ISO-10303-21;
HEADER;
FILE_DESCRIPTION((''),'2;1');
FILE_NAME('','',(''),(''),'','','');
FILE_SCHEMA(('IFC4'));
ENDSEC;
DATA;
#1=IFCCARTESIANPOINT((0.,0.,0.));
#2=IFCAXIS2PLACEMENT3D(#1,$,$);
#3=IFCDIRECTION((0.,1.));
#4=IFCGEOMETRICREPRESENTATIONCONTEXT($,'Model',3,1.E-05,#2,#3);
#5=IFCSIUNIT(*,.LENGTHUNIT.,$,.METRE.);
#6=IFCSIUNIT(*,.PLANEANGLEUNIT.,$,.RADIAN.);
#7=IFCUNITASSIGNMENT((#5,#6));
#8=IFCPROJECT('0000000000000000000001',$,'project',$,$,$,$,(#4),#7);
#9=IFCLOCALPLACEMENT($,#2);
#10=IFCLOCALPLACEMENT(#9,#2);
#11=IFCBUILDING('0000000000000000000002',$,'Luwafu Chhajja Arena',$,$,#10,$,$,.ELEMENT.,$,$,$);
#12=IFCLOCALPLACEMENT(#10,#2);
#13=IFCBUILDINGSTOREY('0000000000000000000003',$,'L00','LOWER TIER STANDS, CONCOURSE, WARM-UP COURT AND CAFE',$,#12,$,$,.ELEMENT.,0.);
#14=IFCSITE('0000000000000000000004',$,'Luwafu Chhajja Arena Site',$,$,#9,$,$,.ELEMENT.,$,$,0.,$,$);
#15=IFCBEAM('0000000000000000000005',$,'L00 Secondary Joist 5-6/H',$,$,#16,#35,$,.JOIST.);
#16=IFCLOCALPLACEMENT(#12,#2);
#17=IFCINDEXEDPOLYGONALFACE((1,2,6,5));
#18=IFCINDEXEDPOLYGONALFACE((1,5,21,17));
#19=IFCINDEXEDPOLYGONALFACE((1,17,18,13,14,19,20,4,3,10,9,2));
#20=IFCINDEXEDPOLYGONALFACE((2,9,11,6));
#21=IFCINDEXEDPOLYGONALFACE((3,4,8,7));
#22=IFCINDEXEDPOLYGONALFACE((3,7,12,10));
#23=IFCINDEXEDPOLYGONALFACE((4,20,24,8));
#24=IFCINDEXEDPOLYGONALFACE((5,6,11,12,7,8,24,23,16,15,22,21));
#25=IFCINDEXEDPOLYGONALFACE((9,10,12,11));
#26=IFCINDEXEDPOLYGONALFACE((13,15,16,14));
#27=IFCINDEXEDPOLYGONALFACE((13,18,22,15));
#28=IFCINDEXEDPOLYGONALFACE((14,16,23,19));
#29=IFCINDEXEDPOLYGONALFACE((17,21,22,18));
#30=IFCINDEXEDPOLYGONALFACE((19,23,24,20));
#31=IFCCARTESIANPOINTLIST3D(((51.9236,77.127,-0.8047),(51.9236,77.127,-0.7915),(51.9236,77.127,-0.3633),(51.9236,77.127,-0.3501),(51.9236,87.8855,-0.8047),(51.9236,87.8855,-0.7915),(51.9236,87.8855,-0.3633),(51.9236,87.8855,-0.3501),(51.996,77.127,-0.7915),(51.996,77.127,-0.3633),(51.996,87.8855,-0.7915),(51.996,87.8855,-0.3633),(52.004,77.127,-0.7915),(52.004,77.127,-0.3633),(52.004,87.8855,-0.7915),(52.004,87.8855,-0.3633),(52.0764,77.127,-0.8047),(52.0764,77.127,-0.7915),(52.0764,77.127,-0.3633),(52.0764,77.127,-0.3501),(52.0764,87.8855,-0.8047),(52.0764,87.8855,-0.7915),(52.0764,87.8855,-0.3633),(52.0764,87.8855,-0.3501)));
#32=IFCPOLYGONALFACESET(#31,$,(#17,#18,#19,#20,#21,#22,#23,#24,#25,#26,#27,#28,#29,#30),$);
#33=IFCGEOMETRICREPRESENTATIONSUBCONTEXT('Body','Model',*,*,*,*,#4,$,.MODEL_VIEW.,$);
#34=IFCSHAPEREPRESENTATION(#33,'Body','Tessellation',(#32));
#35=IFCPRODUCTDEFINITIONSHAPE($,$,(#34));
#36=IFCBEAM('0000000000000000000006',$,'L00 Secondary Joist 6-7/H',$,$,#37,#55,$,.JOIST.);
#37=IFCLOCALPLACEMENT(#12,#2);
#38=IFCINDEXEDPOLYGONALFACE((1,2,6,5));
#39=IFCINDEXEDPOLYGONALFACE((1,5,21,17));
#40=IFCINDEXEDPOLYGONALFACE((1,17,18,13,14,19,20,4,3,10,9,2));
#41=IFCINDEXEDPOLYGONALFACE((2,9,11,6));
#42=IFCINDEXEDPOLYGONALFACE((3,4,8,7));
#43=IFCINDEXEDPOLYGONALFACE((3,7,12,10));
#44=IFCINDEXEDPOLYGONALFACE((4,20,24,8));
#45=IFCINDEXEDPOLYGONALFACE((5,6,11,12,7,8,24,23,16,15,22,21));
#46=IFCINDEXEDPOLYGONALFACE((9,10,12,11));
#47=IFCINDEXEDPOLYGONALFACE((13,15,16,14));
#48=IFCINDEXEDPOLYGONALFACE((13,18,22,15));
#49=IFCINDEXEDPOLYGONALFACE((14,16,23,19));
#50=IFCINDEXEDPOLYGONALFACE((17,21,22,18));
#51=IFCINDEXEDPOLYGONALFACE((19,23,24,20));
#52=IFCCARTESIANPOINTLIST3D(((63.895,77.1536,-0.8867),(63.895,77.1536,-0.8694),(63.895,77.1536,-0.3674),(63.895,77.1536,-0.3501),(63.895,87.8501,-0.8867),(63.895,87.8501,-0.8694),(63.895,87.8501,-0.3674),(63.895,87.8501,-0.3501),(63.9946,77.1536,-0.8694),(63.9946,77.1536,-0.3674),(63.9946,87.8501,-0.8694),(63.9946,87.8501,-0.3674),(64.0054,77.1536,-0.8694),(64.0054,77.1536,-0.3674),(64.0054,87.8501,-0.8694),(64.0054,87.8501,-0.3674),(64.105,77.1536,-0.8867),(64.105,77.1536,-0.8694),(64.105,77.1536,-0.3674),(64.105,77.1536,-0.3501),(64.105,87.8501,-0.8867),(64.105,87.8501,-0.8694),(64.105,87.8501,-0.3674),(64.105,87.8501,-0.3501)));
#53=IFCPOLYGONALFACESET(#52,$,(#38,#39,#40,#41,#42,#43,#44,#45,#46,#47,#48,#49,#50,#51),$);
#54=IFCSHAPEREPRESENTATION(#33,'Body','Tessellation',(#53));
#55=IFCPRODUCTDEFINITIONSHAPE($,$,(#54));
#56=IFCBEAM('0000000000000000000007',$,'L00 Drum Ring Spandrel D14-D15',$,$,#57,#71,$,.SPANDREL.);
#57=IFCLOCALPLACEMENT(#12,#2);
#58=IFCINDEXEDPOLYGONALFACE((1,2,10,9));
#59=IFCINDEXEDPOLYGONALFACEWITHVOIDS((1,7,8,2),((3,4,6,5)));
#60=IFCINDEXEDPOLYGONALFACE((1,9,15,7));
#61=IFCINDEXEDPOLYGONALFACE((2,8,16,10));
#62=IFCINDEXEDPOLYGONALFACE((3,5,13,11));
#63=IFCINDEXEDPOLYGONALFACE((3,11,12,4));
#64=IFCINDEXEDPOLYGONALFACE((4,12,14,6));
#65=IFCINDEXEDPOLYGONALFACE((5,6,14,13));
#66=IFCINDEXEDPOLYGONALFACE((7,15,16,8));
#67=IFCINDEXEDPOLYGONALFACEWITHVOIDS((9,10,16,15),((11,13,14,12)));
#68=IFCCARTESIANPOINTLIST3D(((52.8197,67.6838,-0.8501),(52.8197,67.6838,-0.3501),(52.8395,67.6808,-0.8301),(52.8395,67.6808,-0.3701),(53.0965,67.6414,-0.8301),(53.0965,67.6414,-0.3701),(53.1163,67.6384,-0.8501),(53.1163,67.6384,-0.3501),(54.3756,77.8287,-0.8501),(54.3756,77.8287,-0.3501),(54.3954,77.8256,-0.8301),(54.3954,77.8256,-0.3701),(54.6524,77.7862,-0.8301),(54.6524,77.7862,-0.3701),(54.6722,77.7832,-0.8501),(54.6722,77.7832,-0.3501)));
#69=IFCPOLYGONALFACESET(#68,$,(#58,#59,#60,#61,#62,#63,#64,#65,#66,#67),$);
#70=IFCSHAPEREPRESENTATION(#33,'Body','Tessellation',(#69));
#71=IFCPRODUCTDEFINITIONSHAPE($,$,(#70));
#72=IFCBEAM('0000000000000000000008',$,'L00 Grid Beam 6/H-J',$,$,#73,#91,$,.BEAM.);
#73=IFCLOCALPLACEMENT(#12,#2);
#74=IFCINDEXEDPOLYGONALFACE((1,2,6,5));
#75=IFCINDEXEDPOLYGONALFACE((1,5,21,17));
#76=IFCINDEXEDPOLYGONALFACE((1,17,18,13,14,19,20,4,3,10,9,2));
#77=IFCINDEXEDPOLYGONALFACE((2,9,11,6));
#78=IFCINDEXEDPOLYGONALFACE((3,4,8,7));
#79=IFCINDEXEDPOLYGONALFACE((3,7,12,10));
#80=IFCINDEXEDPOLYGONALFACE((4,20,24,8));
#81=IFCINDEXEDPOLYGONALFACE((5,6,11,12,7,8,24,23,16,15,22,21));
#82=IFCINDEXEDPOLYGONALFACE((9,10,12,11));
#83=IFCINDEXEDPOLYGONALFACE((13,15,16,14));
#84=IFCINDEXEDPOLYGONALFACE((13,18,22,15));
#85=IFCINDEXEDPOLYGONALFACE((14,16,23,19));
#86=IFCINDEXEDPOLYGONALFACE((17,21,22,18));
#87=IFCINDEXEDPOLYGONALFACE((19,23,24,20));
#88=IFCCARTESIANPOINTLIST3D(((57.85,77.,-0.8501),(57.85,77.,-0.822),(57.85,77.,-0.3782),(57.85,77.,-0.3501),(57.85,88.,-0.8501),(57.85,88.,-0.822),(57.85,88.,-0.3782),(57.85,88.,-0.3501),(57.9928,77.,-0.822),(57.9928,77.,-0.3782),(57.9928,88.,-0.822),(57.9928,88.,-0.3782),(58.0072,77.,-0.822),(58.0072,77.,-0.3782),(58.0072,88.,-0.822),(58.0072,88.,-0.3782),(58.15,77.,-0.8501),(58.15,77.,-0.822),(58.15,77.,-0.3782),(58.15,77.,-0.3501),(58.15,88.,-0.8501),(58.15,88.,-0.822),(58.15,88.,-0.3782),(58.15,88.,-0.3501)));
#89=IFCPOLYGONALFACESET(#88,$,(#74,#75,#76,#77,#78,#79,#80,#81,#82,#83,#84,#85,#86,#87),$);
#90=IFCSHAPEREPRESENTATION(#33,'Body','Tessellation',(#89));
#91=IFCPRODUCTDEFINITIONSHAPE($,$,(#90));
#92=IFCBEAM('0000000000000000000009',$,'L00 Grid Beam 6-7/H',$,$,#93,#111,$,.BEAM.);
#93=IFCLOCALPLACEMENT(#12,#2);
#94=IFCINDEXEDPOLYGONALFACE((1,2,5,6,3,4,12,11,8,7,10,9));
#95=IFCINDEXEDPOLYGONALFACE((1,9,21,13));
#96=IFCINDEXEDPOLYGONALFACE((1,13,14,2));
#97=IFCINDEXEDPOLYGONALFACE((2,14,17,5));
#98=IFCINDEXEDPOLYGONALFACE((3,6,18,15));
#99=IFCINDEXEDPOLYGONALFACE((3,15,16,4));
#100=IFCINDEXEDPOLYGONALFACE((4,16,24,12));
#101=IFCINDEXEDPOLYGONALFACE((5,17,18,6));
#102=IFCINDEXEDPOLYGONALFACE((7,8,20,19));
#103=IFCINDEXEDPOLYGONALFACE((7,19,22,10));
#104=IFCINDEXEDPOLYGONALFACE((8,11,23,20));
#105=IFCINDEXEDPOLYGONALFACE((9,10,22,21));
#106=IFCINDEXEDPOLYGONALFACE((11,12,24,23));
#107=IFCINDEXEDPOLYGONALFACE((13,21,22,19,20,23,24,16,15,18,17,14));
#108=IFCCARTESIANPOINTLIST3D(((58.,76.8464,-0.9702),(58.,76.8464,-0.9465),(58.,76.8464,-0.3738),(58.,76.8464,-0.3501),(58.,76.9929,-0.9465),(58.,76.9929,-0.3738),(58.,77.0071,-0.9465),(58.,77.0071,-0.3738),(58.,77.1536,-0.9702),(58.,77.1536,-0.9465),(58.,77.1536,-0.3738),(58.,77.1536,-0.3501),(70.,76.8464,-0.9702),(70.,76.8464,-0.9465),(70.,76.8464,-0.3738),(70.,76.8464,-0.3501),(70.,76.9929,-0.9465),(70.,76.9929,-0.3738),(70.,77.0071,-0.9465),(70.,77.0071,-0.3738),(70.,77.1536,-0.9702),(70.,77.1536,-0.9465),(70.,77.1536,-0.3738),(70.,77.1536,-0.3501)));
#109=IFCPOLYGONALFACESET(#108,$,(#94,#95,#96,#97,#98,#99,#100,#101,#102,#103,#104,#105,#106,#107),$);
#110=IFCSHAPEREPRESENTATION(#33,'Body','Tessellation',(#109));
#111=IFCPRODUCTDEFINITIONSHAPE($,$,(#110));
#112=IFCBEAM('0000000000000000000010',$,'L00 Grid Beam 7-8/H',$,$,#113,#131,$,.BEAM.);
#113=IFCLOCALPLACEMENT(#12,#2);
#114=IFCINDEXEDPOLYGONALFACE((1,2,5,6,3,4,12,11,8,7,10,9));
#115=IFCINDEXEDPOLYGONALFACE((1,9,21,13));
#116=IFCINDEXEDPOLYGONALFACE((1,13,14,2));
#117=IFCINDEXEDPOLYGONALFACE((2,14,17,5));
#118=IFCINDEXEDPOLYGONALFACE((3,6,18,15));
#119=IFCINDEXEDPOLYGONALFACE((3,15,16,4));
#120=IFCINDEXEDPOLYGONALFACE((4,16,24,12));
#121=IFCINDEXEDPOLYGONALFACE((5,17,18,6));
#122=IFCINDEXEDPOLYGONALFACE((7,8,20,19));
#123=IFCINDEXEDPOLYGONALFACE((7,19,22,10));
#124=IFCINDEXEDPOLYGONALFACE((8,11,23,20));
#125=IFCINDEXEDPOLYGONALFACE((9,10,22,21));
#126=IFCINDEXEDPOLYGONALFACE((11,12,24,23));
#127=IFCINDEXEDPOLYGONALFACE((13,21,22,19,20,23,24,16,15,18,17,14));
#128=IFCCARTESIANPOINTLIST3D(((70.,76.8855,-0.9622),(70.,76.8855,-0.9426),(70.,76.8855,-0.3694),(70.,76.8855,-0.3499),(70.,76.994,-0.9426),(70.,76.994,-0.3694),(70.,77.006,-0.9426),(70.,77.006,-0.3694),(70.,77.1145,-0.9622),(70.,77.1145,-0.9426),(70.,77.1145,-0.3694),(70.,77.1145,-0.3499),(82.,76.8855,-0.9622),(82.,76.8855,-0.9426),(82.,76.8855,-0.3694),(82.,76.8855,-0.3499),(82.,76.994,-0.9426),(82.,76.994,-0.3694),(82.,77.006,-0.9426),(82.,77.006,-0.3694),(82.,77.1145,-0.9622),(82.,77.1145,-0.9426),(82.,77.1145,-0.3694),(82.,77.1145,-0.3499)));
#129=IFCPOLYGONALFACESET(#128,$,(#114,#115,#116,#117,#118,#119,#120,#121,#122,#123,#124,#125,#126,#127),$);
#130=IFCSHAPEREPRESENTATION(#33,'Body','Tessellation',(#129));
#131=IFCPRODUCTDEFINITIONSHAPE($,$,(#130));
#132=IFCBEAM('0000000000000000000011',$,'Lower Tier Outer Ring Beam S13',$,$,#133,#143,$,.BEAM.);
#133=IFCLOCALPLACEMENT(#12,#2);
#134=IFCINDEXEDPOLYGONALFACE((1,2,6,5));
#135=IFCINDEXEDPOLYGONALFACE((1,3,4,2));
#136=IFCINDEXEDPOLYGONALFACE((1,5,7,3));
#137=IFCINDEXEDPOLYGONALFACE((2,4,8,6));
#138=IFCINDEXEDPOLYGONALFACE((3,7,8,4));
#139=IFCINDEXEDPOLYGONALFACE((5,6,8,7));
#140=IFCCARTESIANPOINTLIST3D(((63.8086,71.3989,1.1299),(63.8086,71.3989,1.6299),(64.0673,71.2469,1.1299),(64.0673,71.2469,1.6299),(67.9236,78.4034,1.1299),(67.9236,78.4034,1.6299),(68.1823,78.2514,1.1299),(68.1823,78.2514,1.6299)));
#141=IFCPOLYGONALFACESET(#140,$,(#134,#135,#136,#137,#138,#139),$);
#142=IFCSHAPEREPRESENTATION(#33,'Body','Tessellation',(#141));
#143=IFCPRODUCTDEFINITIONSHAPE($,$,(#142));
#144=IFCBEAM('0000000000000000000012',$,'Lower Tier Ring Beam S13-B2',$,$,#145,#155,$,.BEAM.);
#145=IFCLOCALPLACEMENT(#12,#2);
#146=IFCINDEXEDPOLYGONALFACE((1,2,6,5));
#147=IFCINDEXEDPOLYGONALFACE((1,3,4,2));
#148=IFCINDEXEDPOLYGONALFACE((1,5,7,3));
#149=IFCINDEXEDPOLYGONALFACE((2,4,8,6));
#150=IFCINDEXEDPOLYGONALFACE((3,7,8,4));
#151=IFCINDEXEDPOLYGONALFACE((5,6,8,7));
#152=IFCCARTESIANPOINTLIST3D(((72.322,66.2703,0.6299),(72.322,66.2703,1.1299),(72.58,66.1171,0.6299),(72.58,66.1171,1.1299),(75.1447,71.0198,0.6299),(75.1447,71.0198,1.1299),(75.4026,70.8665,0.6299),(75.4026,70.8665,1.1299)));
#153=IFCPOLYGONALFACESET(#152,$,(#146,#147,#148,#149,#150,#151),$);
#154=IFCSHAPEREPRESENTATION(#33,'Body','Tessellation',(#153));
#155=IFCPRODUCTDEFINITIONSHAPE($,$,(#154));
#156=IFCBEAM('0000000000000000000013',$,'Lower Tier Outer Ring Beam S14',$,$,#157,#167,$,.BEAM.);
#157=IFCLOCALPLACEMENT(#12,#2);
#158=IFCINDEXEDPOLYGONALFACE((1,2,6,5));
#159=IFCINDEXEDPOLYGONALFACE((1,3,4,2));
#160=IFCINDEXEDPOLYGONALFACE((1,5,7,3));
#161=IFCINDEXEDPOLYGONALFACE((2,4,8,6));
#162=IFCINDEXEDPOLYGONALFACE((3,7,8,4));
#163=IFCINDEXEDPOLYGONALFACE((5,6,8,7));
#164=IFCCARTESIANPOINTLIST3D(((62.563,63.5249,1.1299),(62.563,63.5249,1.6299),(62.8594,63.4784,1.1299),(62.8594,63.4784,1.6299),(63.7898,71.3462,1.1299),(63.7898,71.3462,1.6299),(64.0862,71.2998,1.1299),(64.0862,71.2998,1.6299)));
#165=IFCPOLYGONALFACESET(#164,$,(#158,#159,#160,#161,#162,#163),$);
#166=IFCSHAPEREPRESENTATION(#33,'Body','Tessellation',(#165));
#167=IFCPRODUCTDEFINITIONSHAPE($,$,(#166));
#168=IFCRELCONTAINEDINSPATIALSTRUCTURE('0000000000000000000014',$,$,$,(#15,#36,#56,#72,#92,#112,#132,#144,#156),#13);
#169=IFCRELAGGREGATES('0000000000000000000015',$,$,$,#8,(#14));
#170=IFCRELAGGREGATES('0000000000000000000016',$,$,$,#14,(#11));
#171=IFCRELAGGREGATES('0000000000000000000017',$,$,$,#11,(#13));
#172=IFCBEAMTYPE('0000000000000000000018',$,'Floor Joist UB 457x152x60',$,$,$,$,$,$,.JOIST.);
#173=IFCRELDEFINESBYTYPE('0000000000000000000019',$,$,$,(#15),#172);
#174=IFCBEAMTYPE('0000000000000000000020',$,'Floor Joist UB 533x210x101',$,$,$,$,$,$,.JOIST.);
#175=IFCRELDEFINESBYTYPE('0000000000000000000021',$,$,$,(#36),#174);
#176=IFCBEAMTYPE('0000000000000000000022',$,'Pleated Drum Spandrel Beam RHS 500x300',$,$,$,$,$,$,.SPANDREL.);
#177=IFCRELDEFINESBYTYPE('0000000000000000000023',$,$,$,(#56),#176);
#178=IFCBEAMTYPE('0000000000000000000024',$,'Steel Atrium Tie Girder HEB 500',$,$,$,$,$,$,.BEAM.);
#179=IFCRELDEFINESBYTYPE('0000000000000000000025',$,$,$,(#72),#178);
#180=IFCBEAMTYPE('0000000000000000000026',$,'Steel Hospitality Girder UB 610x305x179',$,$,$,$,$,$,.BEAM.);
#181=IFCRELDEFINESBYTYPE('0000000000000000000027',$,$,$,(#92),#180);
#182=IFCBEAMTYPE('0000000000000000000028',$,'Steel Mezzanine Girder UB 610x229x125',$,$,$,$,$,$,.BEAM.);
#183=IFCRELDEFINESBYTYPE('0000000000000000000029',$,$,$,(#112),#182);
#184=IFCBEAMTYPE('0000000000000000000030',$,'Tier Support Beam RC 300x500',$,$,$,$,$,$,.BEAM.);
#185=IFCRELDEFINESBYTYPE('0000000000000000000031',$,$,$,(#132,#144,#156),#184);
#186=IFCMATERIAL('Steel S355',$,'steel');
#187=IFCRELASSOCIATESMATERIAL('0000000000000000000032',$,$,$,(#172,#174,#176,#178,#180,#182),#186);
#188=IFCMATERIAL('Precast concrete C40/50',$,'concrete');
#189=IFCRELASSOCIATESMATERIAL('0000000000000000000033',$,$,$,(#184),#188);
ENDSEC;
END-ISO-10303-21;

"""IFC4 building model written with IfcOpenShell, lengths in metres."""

from ifc_helpers import new_model, si_unit, direction, frame, origin, origin_2d, place, context, subcontext, project, spatial, rectangle, hollow_rectangle, i_section, extrude, material, material_profile, profile_set, type_object, element, save


model = new_model("IFC4")

# Units and contexts
model_context = context("Model", 3, precision=1e-05, world=origin(), true_north=direction((0.0, 1.0)))
body_context = subcontext(model_context, "Body", "Model", "MODEL_VIEW")
ifc_project = project(units=[si_unit("LENGTHUNIT", "METRE"), si_unit("PLANEANGLEUNIT", "RADIAN")], contexts=[model_context])

# Site, building, storey
site_placement = place(None, origin())
site = spatial("IfcSite", under=ifc_project, at=site_placement, Name="Luwafu Chhajja Arena Site", CompositionType="ELEMENT", RefElevation=0.0)
building_placement = place(site_placement, origin())
building = spatial("IfcBuilding", under=site, at=building_placement, Name="Luwafu Chhajja Arena", CompositionType="ELEMENT")
storey_placement = place(building_placement, origin())
storey = spatial("IfcBuildingStorey", under=building, at=storey_placement, Name="L00", Description="LOWER TIER STANDS, CONCOURSE, WARM-UP COURT AND CAFE", CompositionType="ELEMENT", Elevation=0.0)

# Shared definitions
ifc_material_1 = material(Name="Steel S355", Category="steel")

# Beams
ifc_material_2 = material(Name="Precast concrete C40/50", Category="concrete")
ifc_material_profile_1 = material_profile(ifc_material_1, i_section(OverallWidth=0.1528, OverallDepth=0.4546, WebThickness=0.0081, FlangeThickness=0.0132, at=origin_2d()), Name="UB 457x152x60")
ifc_profile_set_1 = profile_set([ifc_material_profile_1], Name="Steel S355")
beam_type_1 = type_object("IfcBeamType", Name="Floor Joist UB 457x152x60", PredefinedType="JOIST", material=ifc_profile_set_1)
beam_1_placement = place(storey_placement, frame((52.0, 77.127, -0.5774), z_axis=(0.0, 1.0, 0.0), x_axis=(-1.0, 0.0, 0.0)))
element("IfcBeam", 1, at=beam_1_placement, inside=storey, type_object=beam_type_1, Name="L00 Secondary Joist 5-6/H", PredefinedType="JOIST", context=body_context, shape_type="SweptSolid", body=[
    extrude(i_section(OverallWidth=0.1528, OverallDepth=0.4546, WebThickness=0.0081, FlangeThickness=0.0132, at=origin_2d()), origin(), (0.0, 0.0, 1.0), 10.7585),
])
ifc_material_profile_2 = material_profile(ifc_material_1, i_section(OverallWidth=0.21, OverallDepth=0.5366, WebThickness=0.0107, FlangeThickness=0.0173, at=origin_2d()), Name="UB 533x210x101")
ifc_profile_set_2 = profile_set([ifc_material_profile_2], Name="Steel S355")
beam_type_2 = type_object("IfcBeamType", Name="Floor Joist UB 533x210x101", PredefinedType="JOIST", material=ifc_profile_set_2)
beam_2_placement = place(storey_placement, frame((64.0, 77.1536, -0.6184), z_axis=(0.0, 1.0, 0.0), x_axis=(-1.0, 0.0, 0.0)))
element("IfcBeam", 2, at=beam_2_placement, inside=storey, type_object=beam_type_2, Name="L00 Secondary Joist 6-7/H", PredefinedType="JOIST", context=body_context, shape_type="SweptSolid", body=[
    extrude(i_section(OverallWidth=0.21, OverallDepth=0.5366, WebThickness=0.0107, FlangeThickness=0.0173, at=origin_2d()), origin(), (0.0, 0.0, 1.0), 10.6965),
])
ifc_material_profile_3 = material_profile(ifc_material_1, hollow_rectangle(XDim=0.3, YDim=0.5, WallThickness=0.02, at=origin_2d()), Name="RHS 500x300x20")
ifc_profile_set_3 = profile_set([ifc_material_profile_3], Name="Steel S355")
beam_type_3 = type_object("IfcBeamType", Name="Pleated Drum Spandrel Beam RHS 500x300", PredefinedType="SPANDREL", material=ifc_profile_set_3)
beam_3_placement = place(storey_placement, frame((54.5239, 77.8059, -0.6001), z_axis=(-0.151598, -0.988442, 0.0), x_axis=(0.988442, -0.151598, 0.0)))
element("IfcBeam", 3, at=beam_3_placement, inside=storey, type_object=beam_type_3, Name="L00 Drum Ring Spandrel D14-D15", PredefinedType="SPANDREL", context=body_context, shape_type="SweptSolid", body=[
    extrude(hollow_rectangle(XDim=0.3, YDim=0.5, WallThickness=0.02, at=origin_2d()), origin(), (0.0, 0.0, 1.0), 10.2634),
])
ifc_material_profile_4 = material_profile(ifc_material_1, i_section(OverallWidth=0.3, OverallDepth=0.5, WebThickness=0.0144, FlangeThickness=0.0281, at=origin_2d()), Name="HEB 500")
ifc_profile_set_4 = profile_set([ifc_material_profile_4], Name="Steel S355")
beam_type_4 = type_object("IfcBeamType", Name="Steel Atrium Tie Girder HEB 500", PredefinedType="BEAM", material=ifc_profile_set_4)
beam_4_placement = place(storey_placement, frame((58.0, 77.0, -0.6001), z_axis=(0.0, 1.0, 0.0), x_axis=(-1.0, 0.0, 0.0)))
element("IfcBeam", 4, at=beam_4_placement, inside=storey, type_object=beam_type_4, Name="L00 Grid Beam 6/H-J", PredefinedType="BEAM", context=body_context, shape_type="SweptSolid", body=[
    extrude(i_section(OverallWidth=0.3, OverallDepth=0.5, WebThickness=0.0144, FlangeThickness=0.0281, at=origin_2d()), origin(), (0.0, 0.0, 1.0), 11.0),
])
ifc_material_profile_5 = material_profile(ifc_material_1, i_section(OverallWidth=0.3071, OverallDepth=0.6201, WebThickness=0.0142, FlangeThickness=0.0237, at=origin_2d()), Name="UB 610x305x179")
ifc_profile_set_5 = profile_set([ifc_material_profile_5], Name="Steel S355")
beam_type_5 = type_object("IfcBeamType", Name="Steel Hospitality Girder UB 610x305x179", PredefinedType="BEAM", material=ifc_profile_set_5)
beam_5_placement = place(storey_placement, frame((58.0, 77.0, -0.6602), z_axis=(1.0, 0.0, 0.0), x_axis=(0.0, 1.0, 0.0)))
element("IfcBeam", 5, at=beam_5_placement, inside=storey, type_object=beam_type_5, Name="L00 Grid Beam 6-7/H", PredefinedType="BEAM", context=body_context, shape_type="SweptSolid", body=[
    extrude(i_section(OverallWidth=0.3071, OverallDepth=0.6201, WebThickness=0.0142, FlangeThickness=0.0237, at=origin_2d()), origin(), (0.0, 0.0, 1.0), 12.0),
])
ifc_material_profile_6 = material_profile(ifc_material_1, i_section(OverallWidth=0.229, OverallDepth=0.6123, WebThickness=0.012, FlangeThickness=0.0195, at=origin_2d()), Name="UB 610x229x125")
ifc_profile_set_6 = profile_set([ifc_material_profile_6], Name="Steel S355")
beam_type_6 = type_object("IfcBeamType", Name="Steel Mezzanine Girder UB 610x229x125", PredefinedType="BEAM", material=ifc_profile_set_6)
beam_6_placement = place(storey_placement, frame((70.0, 77.0, -0.656), z_axis=(1.0, 0.0, 0.0), x_axis=(0.0, 1.0, 0.0)))
element("IfcBeam", 6, at=beam_6_placement, inside=storey, type_object=beam_type_6, Name="L00 Grid Beam 7-8/H", PredefinedType="BEAM", context=body_context, shape_type="SweptSolid", body=[
    extrude(i_section(OverallWidth=0.229, OverallDepth=0.6123, WebThickness=0.012, FlangeThickness=0.0195, at=origin_2d()), origin(), (0.0, 0.0, 1.0), 12.0),
])
ifc_material_profile_7 = material_profile(ifc_material_2, rectangle(XDim=0.3, YDim=0.5, at=origin_2d()), Name="RC 300x500")
ifc_profile_set_7 = profile_set([ifc_material_profile_7], Name="Precast concrete C40/50")
beam_type_7 = type_object("IfcBeamType", Name="Tier Support Beam RC 300x500", PredefinedType="BEAM", material=ifc_profile_set_7)
beam_7_placement = place(storey_placement, frame((68.053, 78.3274, 1.3799), z_axis=(-0.506541, -0.862216, 0.0), x_axis=(0.862216, -0.506541, 0.0)))
element("IfcBeam", 7, at=beam_7_placement, inside=storey, type_object=beam_type_7, Name="Lower Tier Outer Ring Beam S13", PredefinedType="BEAM", context=body_context, shape_type="SweptSolid", body=[
    extrude(rectangle(XDim=0.3, YDim=0.5, at=origin_2d()), origin(), (0.0, 0.0, 1.0), 8.1238),
])
beam_8_placement = place(storey_placement, frame((75.2737, 70.9431, 0.8799), z_axis=(-0.510904, -0.859638, 0.0), x_axis=(0.859638, -0.510904, 0.0)))
element("IfcBeam", 8, at=beam_8_placement, inside=storey, type_object=beam_type_7, Name="Lower Tier Ring Beam S13-B2", PredefinedType="BEAM", context=body_context, shape_type="SweptSolid", body=[
    extrude(rectangle(XDim=0.3, YDim=0.5, at=origin_2d()), origin(), (0.0, 0.0, 1.0), 5.5249),
])
beam_9_placement = place(storey_placement, frame((63.938, 71.323, 1.3799), z_axis=(-0.15496, -0.987921, 0.0), x_axis=(0.987921, -0.15496, 0.0)))
element("IfcBeam", 9, at=beam_9_placement, inside=storey, type_object=beam_type_7, Name="Lower Tier Outer Ring Beam S14", PredefinedType="BEAM", context=body_context, shape_type="SweptSolid", body=[
    extrude(rectangle(XDim=0.3, YDim=0.5, at=origin_2d()), origin(), (0.0, 0.0, 1.0), 7.917),
])

save(model, "model.ifc")
